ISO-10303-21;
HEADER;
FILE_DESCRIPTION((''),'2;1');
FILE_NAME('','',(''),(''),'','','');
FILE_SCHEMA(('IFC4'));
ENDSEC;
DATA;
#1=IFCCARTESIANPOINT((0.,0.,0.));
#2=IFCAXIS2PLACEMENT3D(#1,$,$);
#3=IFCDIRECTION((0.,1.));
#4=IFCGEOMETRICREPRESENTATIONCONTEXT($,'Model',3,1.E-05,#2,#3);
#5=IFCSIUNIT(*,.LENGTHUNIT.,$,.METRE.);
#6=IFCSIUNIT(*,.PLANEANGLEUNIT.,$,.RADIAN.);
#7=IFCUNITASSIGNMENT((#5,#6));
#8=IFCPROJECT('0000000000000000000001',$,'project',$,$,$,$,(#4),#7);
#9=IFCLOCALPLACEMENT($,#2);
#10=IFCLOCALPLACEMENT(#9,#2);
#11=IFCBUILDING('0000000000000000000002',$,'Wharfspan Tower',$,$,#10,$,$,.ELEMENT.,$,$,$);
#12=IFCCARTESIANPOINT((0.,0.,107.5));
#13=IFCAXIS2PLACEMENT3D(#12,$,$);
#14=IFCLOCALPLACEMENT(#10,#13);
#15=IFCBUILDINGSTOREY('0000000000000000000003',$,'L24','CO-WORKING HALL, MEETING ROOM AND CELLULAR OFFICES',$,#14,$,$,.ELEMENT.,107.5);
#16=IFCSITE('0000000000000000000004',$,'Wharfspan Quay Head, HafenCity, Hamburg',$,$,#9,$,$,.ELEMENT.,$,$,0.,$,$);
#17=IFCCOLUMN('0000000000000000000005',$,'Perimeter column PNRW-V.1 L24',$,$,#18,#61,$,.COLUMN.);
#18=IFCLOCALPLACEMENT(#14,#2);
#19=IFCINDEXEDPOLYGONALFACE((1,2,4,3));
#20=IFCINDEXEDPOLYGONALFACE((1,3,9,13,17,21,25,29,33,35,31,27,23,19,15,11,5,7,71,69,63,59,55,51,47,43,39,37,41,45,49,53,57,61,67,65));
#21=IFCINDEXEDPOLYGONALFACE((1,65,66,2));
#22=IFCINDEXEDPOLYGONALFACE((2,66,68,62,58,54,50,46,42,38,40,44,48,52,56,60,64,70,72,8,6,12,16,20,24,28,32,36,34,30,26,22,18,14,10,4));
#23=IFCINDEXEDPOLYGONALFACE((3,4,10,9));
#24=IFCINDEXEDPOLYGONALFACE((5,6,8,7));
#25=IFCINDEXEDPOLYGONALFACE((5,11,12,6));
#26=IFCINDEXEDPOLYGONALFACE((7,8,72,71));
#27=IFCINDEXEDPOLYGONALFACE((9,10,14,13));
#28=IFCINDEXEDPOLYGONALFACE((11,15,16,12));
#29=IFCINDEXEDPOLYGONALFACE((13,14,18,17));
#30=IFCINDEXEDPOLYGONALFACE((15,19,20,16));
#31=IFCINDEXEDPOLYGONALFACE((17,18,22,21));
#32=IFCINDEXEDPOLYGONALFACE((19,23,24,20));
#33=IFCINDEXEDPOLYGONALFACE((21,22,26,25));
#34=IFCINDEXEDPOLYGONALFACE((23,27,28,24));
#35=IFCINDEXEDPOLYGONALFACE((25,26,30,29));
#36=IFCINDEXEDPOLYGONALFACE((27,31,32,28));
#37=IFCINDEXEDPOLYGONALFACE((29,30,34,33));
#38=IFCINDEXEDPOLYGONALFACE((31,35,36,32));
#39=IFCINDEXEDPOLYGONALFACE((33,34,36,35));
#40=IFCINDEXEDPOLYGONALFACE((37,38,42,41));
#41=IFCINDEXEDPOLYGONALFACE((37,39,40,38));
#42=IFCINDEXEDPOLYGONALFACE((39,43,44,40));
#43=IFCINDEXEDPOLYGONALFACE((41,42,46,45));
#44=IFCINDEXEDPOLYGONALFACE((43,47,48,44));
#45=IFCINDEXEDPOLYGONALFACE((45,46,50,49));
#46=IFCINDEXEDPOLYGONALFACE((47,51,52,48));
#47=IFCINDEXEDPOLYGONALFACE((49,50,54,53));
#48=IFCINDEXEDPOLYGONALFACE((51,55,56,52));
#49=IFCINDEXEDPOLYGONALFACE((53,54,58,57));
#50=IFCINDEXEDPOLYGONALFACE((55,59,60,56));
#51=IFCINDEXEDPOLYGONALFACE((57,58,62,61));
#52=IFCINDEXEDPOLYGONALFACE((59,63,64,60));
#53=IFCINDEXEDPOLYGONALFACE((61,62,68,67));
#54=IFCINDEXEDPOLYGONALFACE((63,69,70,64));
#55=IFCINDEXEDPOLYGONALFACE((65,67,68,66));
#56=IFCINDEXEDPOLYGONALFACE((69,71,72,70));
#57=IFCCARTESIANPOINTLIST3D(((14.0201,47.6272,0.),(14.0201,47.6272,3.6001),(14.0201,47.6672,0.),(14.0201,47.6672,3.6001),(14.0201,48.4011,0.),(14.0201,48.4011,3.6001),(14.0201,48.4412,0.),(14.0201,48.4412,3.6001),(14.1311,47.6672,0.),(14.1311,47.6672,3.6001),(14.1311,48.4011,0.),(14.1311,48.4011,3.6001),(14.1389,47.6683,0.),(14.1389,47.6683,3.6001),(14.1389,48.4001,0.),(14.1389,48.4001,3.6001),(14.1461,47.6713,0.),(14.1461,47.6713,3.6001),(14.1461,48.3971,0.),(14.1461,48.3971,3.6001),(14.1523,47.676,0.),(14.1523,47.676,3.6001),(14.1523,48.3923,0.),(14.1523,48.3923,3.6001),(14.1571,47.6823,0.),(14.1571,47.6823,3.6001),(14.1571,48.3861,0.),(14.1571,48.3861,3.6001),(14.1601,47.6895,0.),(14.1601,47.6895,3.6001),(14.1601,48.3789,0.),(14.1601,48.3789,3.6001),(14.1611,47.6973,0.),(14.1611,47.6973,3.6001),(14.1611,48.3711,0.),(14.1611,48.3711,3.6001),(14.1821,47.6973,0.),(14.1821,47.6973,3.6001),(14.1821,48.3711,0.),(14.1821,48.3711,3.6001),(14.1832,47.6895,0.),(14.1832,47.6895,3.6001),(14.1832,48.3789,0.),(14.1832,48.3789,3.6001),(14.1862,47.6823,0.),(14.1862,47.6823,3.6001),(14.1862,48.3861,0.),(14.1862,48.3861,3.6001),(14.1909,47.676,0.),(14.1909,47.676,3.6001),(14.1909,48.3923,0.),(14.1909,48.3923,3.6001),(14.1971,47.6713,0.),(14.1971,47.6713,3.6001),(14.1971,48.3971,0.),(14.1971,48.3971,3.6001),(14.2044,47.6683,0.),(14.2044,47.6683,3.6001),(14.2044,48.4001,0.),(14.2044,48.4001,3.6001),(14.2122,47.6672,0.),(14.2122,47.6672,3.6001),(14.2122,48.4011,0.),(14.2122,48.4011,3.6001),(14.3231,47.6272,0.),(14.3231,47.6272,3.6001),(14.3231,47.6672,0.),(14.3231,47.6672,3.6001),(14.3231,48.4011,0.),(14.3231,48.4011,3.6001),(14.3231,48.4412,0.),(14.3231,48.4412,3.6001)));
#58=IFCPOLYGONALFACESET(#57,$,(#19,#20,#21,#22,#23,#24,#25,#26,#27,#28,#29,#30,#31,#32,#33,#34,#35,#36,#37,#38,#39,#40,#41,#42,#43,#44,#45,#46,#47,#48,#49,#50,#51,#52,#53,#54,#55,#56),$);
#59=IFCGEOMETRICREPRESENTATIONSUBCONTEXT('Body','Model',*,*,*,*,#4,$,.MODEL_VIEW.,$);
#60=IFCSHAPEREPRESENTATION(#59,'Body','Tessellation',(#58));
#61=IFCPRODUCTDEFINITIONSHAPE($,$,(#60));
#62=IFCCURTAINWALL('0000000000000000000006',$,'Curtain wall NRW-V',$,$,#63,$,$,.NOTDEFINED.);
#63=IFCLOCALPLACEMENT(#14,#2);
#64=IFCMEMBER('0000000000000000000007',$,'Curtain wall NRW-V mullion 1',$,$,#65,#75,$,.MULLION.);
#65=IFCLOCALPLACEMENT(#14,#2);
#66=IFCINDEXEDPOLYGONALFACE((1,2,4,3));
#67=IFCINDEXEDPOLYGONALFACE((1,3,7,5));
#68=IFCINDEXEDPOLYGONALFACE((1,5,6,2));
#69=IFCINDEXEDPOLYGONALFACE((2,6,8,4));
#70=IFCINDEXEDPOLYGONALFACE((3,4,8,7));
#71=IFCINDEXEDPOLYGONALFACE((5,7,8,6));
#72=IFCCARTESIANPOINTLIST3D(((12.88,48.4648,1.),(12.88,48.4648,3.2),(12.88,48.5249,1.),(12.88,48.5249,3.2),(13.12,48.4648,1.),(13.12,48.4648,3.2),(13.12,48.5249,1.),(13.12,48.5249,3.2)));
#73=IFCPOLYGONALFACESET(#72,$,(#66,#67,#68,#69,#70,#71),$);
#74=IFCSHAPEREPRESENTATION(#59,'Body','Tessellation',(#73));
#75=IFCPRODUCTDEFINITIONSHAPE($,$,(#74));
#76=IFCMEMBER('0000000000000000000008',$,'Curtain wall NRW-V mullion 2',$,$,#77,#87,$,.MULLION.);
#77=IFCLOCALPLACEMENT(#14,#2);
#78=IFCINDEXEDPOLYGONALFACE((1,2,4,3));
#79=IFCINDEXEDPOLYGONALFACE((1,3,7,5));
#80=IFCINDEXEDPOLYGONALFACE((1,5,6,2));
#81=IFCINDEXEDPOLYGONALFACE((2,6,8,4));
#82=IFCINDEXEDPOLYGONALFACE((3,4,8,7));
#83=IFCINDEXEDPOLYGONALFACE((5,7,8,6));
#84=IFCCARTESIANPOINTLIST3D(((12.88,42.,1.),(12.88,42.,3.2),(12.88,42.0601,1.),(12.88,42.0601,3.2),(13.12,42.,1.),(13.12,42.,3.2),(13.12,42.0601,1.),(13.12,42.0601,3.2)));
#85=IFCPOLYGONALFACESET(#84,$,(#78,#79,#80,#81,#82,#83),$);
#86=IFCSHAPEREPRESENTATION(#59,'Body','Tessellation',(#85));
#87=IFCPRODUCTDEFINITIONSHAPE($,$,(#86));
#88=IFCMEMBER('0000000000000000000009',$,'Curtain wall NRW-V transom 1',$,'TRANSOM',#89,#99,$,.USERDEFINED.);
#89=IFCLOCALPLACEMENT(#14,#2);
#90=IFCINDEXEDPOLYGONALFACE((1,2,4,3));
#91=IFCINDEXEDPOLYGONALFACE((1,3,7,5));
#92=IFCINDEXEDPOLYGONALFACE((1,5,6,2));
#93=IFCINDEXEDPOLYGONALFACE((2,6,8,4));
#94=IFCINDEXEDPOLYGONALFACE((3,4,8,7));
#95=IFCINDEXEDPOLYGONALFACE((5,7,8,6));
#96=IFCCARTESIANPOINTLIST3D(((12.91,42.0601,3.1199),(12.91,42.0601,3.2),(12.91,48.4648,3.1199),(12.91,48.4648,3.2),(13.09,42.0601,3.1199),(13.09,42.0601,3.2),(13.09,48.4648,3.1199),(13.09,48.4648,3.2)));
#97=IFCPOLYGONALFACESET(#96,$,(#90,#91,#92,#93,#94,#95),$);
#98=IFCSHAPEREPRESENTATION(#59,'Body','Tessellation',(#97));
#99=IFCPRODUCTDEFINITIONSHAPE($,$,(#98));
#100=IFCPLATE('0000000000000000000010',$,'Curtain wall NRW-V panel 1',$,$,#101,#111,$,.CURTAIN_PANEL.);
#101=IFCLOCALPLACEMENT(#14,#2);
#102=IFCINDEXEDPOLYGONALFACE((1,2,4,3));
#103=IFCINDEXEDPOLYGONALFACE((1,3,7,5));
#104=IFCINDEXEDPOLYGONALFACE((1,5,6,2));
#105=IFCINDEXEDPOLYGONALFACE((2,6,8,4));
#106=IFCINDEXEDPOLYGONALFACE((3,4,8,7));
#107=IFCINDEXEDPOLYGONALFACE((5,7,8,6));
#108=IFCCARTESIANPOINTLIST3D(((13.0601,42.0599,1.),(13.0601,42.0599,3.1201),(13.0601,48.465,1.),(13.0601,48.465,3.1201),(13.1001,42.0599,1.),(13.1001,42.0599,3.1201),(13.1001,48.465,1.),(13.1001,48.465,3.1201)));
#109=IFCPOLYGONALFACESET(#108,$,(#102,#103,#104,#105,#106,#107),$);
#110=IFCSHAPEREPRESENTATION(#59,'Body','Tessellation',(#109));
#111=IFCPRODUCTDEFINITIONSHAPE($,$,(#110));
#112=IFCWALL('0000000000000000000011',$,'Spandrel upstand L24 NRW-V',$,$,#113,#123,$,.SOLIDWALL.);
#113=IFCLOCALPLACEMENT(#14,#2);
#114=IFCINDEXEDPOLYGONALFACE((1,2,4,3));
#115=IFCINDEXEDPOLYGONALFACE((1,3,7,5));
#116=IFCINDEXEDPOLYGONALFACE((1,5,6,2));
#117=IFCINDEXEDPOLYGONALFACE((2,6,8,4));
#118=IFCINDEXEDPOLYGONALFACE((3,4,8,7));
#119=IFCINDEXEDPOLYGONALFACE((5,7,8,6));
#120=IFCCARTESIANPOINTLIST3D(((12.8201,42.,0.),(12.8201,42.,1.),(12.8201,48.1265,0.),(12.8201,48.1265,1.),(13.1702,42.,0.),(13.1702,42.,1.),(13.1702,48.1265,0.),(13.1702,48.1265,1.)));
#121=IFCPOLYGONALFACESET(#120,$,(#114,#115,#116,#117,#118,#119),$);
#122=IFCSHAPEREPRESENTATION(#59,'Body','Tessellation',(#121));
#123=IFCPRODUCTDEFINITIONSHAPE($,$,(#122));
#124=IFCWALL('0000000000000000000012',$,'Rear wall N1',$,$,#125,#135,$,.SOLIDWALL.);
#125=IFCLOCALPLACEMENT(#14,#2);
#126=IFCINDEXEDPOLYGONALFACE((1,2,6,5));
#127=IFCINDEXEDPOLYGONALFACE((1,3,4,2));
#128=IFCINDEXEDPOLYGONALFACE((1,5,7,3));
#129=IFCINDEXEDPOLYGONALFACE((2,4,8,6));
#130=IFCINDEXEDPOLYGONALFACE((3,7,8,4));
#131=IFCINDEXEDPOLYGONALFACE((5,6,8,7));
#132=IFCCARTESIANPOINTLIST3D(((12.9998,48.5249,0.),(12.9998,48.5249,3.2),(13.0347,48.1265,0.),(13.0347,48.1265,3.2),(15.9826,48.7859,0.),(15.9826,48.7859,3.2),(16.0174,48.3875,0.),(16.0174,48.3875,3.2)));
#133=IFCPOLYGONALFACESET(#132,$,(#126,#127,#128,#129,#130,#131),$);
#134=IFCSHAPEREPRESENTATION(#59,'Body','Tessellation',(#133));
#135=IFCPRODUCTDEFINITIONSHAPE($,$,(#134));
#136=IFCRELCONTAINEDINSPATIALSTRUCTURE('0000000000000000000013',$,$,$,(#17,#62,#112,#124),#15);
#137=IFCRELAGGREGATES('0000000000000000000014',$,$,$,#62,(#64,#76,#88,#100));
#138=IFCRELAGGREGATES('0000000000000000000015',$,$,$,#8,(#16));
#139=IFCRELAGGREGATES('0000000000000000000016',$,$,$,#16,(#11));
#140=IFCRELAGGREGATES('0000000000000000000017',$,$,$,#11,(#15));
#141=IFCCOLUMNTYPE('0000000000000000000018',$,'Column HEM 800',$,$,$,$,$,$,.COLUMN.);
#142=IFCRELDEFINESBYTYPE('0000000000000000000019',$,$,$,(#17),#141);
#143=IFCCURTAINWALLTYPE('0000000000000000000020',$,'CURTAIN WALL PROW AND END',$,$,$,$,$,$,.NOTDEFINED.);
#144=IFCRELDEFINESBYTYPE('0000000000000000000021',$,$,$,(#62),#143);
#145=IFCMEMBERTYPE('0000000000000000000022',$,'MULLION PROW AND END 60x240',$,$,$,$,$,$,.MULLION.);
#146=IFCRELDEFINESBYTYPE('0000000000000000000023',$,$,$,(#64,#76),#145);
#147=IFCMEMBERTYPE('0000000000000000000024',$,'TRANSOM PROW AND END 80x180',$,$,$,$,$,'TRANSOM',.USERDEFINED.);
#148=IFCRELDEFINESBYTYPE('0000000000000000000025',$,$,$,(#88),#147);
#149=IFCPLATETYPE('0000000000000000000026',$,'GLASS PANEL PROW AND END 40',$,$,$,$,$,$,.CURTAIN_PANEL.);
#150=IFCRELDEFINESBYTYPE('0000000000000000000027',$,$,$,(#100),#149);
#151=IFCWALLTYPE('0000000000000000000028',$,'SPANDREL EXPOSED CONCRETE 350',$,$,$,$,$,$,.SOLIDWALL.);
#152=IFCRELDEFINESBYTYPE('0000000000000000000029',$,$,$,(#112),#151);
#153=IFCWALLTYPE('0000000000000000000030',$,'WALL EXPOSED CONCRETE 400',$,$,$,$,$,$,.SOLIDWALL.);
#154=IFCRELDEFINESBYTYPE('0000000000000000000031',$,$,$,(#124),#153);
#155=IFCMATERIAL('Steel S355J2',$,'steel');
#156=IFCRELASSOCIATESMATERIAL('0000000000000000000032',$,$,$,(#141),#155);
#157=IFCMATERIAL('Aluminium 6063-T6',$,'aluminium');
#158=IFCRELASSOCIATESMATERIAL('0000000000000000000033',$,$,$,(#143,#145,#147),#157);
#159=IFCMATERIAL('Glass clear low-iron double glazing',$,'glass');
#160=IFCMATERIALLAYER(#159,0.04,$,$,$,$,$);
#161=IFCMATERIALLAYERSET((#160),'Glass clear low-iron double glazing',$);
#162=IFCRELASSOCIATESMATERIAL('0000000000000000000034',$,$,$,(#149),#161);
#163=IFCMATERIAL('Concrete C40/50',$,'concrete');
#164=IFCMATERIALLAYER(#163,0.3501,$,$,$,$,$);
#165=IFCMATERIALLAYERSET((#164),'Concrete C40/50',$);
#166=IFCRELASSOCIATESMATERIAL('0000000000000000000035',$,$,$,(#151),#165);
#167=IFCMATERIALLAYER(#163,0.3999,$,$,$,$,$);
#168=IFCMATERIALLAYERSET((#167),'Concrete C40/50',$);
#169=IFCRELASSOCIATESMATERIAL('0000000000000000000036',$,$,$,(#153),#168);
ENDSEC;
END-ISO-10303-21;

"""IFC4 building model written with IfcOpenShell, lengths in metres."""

from ifc_helpers import new_model, si_unit, direction, frame, frame_2d, origin, origin_2d, place, context, subcontext, project, spatial, rectangle, i_section, extrude, material, layer, layer_set, material_profile, profile_set, type_object, element, aggregate, save


model = new_model("IFC4")

# Units and contexts
model_context = context("Model", 3, precision=1e-05, world=origin(), true_north=direction((0.0, 1.0)))
body_context = subcontext(model_context, "Body", "Model", "MODEL_VIEW")
ifc_project = project(units=[si_unit("LENGTHUNIT", "METRE"), si_unit("PLANEANGLEUNIT", "RADIAN")], contexts=[model_context])

# Site, building, storey
site_placement = place(None, origin())
site = spatial("IfcSite", under=ifc_project, at=site_placement, Name="Wharfspan Quay Head, HafenCity, Hamburg", CompositionType="ELEMENT", RefElevation=0.0)
building_placement = place(site_placement, origin())
building = spatial("IfcBuilding", under=site, at=building_placement, Name="Wharfspan Tower", CompositionType="ELEMENT")
storey_placement = place(building_placement, frame((0.0, 0.0, 107.5)))
storey = spatial("IfcBuildingStorey", under=building, at=storey_placement, Name="L24", Description="CO-WORKING HALL, MEETING ROOM AND CELLULAR OFFICES", CompositionType="ELEMENT", Elevation=107.5)

# Column
ifc_material_1 = material(Name="Steel S355J2", Category="steel")
ifc_material_profile_1 = material_profile(ifc_material_1, i_section(OverallWidth=0.303, OverallDepth=0.814, WebThickness=0.021, FlangeThickness=0.04, FilletRadius=0.03, at=origin_2d()))
ifc_profile_set_1 = profile_set([ifc_material_profile_1], Name="Steel S355J2")
column_type = type_object("IfcColumnType", Name="Column HEM 800", PredefinedType="COLUMN", material=ifc_profile_set_1)
column_placement = place(storey_placement, frame((14.1716, 48.0342, 0.0), z_axis=(0.0, 0.0, 1.0), x_axis=(-1.0, 0.0, 0.0)))
element("IfcColumn", 1, at=column_placement, inside=storey, type_object=column_type, Name="Perimeter column PNRW-V.1 L24", PredefinedType="COLUMN", context=body_context, shape_type="SweptSolid", body=[
    extrude(i_section(OverallWidth=0.303, OverallDepth=0.814, WebThickness=0.021, FlangeThickness=0.04, FilletRadius=0.03, at=origin_2d()), origin(), (0.0, 0.0, 1.0), 3.6001),
])

# Curtain wall, members, plate
ifc_material_2 = material(Name="Aluminium 6063-T6", Category="aluminium")
curtain_wall_type = type_object("IfcCurtainWallType", Name="CURTAIN WALL PROW AND END", PredefinedType="NOTDEFINED", material=ifc_material_2)
curtain_wall_placement = place(storey_placement, origin())
curtain_wall = element("IfcCurtainWall", 2, at=curtain_wall_placement, inside=storey, type_object=curtain_wall_type, Name="Curtain wall NRW-V", PredefinedType="NOTDEFINED")
ifc_material_profile_2 = material_profile(ifc_material_2, rectangle(XDim=0.24, YDim=0.0601, at=origin_2d()))
ifc_profile_set_2 = profile_set([ifc_material_profile_2], Name="Aluminium 6063-T6")
member_type_1 = type_object("IfcMemberType", Name="MULLION PROW AND END 60x240", PredefinedType="MULLION", material=ifc_profile_set_2)
member_1_placement = place(storey_placement, frame((13.0, 48.4949, 1.0), z_axis=(0.0, 0.0, 1.0), x_axis=(1.0, 0.0, 0.0)))
member_1 = element("IfcMember", 3, at=member_1_placement, type_object=member_type_1, Name="Curtain wall NRW-V mullion 1", PredefinedType="MULLION", context=body_context, shape_type="SweptSolid", body=[
    extrude(rectangle(XDim=0.24, YDim=0.0601, at=origin_2d()), origin(), (0.0, 0.0, 1.0), 2.2),
])
member_2_placement = place(storey_placement, frame((13.0, 42.03, 1.0), z_axis=(0.0, 0.0, 1.0), x_axis=(1.0, 0.0, 0.0)))
member_2 = element("IfcMember", 4, at=member_2_placement, type_object=member_type_1, Name="Curtain wall NRW-V mullion 2", PredefinedType="MULLION", context=body_context, shape_type="SweptSolid", body=[
    extrude(rectangle(XDim=0.24, YDim=0.0601, at=origin_2d()), origin(), (0.0, 0.0, 1.0), 2.2),
])
ifc_material_profile_3 = material_profile(ifc_material_2, rectangle(XDim=0.1799, YDim=0.0801, at=origin_2d()))
ifc_profile_set_3 = profile_set([ifc_material_profile_3], Name="Aluminium 6063-T6")
member_type_2 = type_object("IfcMemberType", Name="TRANSOM PROW AND END 80x180", ElementType="TRANSOM", PredefinedType="USERDEFINED", material=ifc_profile_set_3)
member_3_placement = place(storey_placement, frame((13.0, 48.4648, 3.1599), z_axis=(0.0, -1.0, 0.0), x_axis=(1.0, 0.0, 0.0)))
member_3 = element("IfcMember", 5, at=member_3_placement, type_object=member_type_2, Name="Curtain wall NRW-V transom 1", ObjectType="TRANSOM", PredefinedType="USERDEFINED", context=body_context, shape_type="SweptSolid", body=[
    extrude(rectangle(XDim=0.1799, YDim=0.0801, at=origin_2d()), origin(), (0.0, 0.0, 1.0), 6.4048),
])
ifc_material_3 = material(Name="Glass clear low-iron double glazing", Category="glass")
ifc_layer_1 = layer(ifc_material_3, 0.04)
ifc_layer_set_1 = layer_set([ifc_layer_1], Name="Glass clear low-iron double glazing")
plate_type = type_object("IfcPlateType", Name="GLASS PANEL PROW AND END 40", PredefinedType="CURTAIN_PANEL", material=ifc_layer_set_1)
plate_placement = place(storey_placement, frame((13.0801, 45.2625, 1.0), z_axis=(0.0, 0.0, 1.0), x_axis=(0.0, -1.0, 0.0)))
plate = element("IfcPlate", 6, at=plate_placement, type_object=plate_type, Name="Curtain wall NRW-V panel 1", PredefinedType="CURTAIN_PANEL", context=body_context, shape_type="SweptSolid", body=[
    extrude(rectangle(XDim=6.405, YDim=0.04, at=origin_2d()), origin(), (0.0, 0.0, 1.0), 2.1201),
])
aggregate(curtain_wall, [member_1, member_2, member_3, plate])

# Walls
ifc_material_4 = material(Name="Concrete C40/50", Category="concrete")
ifc_layer_2 = layer(ifc_material_4, 0.3501)
ifc_layer_set_2 = layer_set([ifc_layer_2], Name="Concrete C40/50")
wall_type_1 = type_object("IfcWallType", Name="SPANDREL EXPOSED CONCRETE 350", PredefinedType="SOLIDWALL", material=ifc_layer_set_2)
wall_1_placement = place(storey_placement, frame((12.9951, 48.1265, 0.0), z_axis=(0.0, 0.0, 1.0), x_axis=(0.0, -1.0, 0.0)))
element("IfcWall", 7, at=wall_1_placement, inside=storey, type_object=wall_type_1, Name="Spandrel upstand L24 NRW-V", PredefinedType="SOLIDWALL", context=body_context, shape_type="SweptSolid", body=[
    extrude(rectangle(XDim=6.1265, YDim=0.3501, at=frame_2d((3.0632, 0.0))), origin(), (0.0, 0.0, 1.0), 1.0),
])
ifc_layer_3 = layer(ifc_material_4, 0.3999)
ifc_layer_set_3 = layer_set([ifc_layer_3], Name="Concrete C40/50")
wall_type_2 = type_object("IfcWallType", Name="WALL EXPOSED CONCRETE 400", PredefinedType="SOLIDWALL", material=ifc_layer_set_3)
wall_2_placement = place(storey_placement, frame((16.0, 48.5867, 0.0), z_axis=(0.0, 0.0, 1.0), x_axis=(-0.996194, -0.087168, 0.0)))
element("IfcWall", 8, at=wall_2_placement, inside=storey, type_object=wall_type_2, Name="Rear wall N1", PredefinedType="SOLIDWALL", context=body_context, shape_type="SweptSolid", body=[
    extrude(rectangle(XDim=2.9941, YDim=0.3999, at=frame_2d((1.4971, 0.0))), origin(), (0.0, 0.0, 1.0), 3.2),
])

save(model, "model.ifc")
